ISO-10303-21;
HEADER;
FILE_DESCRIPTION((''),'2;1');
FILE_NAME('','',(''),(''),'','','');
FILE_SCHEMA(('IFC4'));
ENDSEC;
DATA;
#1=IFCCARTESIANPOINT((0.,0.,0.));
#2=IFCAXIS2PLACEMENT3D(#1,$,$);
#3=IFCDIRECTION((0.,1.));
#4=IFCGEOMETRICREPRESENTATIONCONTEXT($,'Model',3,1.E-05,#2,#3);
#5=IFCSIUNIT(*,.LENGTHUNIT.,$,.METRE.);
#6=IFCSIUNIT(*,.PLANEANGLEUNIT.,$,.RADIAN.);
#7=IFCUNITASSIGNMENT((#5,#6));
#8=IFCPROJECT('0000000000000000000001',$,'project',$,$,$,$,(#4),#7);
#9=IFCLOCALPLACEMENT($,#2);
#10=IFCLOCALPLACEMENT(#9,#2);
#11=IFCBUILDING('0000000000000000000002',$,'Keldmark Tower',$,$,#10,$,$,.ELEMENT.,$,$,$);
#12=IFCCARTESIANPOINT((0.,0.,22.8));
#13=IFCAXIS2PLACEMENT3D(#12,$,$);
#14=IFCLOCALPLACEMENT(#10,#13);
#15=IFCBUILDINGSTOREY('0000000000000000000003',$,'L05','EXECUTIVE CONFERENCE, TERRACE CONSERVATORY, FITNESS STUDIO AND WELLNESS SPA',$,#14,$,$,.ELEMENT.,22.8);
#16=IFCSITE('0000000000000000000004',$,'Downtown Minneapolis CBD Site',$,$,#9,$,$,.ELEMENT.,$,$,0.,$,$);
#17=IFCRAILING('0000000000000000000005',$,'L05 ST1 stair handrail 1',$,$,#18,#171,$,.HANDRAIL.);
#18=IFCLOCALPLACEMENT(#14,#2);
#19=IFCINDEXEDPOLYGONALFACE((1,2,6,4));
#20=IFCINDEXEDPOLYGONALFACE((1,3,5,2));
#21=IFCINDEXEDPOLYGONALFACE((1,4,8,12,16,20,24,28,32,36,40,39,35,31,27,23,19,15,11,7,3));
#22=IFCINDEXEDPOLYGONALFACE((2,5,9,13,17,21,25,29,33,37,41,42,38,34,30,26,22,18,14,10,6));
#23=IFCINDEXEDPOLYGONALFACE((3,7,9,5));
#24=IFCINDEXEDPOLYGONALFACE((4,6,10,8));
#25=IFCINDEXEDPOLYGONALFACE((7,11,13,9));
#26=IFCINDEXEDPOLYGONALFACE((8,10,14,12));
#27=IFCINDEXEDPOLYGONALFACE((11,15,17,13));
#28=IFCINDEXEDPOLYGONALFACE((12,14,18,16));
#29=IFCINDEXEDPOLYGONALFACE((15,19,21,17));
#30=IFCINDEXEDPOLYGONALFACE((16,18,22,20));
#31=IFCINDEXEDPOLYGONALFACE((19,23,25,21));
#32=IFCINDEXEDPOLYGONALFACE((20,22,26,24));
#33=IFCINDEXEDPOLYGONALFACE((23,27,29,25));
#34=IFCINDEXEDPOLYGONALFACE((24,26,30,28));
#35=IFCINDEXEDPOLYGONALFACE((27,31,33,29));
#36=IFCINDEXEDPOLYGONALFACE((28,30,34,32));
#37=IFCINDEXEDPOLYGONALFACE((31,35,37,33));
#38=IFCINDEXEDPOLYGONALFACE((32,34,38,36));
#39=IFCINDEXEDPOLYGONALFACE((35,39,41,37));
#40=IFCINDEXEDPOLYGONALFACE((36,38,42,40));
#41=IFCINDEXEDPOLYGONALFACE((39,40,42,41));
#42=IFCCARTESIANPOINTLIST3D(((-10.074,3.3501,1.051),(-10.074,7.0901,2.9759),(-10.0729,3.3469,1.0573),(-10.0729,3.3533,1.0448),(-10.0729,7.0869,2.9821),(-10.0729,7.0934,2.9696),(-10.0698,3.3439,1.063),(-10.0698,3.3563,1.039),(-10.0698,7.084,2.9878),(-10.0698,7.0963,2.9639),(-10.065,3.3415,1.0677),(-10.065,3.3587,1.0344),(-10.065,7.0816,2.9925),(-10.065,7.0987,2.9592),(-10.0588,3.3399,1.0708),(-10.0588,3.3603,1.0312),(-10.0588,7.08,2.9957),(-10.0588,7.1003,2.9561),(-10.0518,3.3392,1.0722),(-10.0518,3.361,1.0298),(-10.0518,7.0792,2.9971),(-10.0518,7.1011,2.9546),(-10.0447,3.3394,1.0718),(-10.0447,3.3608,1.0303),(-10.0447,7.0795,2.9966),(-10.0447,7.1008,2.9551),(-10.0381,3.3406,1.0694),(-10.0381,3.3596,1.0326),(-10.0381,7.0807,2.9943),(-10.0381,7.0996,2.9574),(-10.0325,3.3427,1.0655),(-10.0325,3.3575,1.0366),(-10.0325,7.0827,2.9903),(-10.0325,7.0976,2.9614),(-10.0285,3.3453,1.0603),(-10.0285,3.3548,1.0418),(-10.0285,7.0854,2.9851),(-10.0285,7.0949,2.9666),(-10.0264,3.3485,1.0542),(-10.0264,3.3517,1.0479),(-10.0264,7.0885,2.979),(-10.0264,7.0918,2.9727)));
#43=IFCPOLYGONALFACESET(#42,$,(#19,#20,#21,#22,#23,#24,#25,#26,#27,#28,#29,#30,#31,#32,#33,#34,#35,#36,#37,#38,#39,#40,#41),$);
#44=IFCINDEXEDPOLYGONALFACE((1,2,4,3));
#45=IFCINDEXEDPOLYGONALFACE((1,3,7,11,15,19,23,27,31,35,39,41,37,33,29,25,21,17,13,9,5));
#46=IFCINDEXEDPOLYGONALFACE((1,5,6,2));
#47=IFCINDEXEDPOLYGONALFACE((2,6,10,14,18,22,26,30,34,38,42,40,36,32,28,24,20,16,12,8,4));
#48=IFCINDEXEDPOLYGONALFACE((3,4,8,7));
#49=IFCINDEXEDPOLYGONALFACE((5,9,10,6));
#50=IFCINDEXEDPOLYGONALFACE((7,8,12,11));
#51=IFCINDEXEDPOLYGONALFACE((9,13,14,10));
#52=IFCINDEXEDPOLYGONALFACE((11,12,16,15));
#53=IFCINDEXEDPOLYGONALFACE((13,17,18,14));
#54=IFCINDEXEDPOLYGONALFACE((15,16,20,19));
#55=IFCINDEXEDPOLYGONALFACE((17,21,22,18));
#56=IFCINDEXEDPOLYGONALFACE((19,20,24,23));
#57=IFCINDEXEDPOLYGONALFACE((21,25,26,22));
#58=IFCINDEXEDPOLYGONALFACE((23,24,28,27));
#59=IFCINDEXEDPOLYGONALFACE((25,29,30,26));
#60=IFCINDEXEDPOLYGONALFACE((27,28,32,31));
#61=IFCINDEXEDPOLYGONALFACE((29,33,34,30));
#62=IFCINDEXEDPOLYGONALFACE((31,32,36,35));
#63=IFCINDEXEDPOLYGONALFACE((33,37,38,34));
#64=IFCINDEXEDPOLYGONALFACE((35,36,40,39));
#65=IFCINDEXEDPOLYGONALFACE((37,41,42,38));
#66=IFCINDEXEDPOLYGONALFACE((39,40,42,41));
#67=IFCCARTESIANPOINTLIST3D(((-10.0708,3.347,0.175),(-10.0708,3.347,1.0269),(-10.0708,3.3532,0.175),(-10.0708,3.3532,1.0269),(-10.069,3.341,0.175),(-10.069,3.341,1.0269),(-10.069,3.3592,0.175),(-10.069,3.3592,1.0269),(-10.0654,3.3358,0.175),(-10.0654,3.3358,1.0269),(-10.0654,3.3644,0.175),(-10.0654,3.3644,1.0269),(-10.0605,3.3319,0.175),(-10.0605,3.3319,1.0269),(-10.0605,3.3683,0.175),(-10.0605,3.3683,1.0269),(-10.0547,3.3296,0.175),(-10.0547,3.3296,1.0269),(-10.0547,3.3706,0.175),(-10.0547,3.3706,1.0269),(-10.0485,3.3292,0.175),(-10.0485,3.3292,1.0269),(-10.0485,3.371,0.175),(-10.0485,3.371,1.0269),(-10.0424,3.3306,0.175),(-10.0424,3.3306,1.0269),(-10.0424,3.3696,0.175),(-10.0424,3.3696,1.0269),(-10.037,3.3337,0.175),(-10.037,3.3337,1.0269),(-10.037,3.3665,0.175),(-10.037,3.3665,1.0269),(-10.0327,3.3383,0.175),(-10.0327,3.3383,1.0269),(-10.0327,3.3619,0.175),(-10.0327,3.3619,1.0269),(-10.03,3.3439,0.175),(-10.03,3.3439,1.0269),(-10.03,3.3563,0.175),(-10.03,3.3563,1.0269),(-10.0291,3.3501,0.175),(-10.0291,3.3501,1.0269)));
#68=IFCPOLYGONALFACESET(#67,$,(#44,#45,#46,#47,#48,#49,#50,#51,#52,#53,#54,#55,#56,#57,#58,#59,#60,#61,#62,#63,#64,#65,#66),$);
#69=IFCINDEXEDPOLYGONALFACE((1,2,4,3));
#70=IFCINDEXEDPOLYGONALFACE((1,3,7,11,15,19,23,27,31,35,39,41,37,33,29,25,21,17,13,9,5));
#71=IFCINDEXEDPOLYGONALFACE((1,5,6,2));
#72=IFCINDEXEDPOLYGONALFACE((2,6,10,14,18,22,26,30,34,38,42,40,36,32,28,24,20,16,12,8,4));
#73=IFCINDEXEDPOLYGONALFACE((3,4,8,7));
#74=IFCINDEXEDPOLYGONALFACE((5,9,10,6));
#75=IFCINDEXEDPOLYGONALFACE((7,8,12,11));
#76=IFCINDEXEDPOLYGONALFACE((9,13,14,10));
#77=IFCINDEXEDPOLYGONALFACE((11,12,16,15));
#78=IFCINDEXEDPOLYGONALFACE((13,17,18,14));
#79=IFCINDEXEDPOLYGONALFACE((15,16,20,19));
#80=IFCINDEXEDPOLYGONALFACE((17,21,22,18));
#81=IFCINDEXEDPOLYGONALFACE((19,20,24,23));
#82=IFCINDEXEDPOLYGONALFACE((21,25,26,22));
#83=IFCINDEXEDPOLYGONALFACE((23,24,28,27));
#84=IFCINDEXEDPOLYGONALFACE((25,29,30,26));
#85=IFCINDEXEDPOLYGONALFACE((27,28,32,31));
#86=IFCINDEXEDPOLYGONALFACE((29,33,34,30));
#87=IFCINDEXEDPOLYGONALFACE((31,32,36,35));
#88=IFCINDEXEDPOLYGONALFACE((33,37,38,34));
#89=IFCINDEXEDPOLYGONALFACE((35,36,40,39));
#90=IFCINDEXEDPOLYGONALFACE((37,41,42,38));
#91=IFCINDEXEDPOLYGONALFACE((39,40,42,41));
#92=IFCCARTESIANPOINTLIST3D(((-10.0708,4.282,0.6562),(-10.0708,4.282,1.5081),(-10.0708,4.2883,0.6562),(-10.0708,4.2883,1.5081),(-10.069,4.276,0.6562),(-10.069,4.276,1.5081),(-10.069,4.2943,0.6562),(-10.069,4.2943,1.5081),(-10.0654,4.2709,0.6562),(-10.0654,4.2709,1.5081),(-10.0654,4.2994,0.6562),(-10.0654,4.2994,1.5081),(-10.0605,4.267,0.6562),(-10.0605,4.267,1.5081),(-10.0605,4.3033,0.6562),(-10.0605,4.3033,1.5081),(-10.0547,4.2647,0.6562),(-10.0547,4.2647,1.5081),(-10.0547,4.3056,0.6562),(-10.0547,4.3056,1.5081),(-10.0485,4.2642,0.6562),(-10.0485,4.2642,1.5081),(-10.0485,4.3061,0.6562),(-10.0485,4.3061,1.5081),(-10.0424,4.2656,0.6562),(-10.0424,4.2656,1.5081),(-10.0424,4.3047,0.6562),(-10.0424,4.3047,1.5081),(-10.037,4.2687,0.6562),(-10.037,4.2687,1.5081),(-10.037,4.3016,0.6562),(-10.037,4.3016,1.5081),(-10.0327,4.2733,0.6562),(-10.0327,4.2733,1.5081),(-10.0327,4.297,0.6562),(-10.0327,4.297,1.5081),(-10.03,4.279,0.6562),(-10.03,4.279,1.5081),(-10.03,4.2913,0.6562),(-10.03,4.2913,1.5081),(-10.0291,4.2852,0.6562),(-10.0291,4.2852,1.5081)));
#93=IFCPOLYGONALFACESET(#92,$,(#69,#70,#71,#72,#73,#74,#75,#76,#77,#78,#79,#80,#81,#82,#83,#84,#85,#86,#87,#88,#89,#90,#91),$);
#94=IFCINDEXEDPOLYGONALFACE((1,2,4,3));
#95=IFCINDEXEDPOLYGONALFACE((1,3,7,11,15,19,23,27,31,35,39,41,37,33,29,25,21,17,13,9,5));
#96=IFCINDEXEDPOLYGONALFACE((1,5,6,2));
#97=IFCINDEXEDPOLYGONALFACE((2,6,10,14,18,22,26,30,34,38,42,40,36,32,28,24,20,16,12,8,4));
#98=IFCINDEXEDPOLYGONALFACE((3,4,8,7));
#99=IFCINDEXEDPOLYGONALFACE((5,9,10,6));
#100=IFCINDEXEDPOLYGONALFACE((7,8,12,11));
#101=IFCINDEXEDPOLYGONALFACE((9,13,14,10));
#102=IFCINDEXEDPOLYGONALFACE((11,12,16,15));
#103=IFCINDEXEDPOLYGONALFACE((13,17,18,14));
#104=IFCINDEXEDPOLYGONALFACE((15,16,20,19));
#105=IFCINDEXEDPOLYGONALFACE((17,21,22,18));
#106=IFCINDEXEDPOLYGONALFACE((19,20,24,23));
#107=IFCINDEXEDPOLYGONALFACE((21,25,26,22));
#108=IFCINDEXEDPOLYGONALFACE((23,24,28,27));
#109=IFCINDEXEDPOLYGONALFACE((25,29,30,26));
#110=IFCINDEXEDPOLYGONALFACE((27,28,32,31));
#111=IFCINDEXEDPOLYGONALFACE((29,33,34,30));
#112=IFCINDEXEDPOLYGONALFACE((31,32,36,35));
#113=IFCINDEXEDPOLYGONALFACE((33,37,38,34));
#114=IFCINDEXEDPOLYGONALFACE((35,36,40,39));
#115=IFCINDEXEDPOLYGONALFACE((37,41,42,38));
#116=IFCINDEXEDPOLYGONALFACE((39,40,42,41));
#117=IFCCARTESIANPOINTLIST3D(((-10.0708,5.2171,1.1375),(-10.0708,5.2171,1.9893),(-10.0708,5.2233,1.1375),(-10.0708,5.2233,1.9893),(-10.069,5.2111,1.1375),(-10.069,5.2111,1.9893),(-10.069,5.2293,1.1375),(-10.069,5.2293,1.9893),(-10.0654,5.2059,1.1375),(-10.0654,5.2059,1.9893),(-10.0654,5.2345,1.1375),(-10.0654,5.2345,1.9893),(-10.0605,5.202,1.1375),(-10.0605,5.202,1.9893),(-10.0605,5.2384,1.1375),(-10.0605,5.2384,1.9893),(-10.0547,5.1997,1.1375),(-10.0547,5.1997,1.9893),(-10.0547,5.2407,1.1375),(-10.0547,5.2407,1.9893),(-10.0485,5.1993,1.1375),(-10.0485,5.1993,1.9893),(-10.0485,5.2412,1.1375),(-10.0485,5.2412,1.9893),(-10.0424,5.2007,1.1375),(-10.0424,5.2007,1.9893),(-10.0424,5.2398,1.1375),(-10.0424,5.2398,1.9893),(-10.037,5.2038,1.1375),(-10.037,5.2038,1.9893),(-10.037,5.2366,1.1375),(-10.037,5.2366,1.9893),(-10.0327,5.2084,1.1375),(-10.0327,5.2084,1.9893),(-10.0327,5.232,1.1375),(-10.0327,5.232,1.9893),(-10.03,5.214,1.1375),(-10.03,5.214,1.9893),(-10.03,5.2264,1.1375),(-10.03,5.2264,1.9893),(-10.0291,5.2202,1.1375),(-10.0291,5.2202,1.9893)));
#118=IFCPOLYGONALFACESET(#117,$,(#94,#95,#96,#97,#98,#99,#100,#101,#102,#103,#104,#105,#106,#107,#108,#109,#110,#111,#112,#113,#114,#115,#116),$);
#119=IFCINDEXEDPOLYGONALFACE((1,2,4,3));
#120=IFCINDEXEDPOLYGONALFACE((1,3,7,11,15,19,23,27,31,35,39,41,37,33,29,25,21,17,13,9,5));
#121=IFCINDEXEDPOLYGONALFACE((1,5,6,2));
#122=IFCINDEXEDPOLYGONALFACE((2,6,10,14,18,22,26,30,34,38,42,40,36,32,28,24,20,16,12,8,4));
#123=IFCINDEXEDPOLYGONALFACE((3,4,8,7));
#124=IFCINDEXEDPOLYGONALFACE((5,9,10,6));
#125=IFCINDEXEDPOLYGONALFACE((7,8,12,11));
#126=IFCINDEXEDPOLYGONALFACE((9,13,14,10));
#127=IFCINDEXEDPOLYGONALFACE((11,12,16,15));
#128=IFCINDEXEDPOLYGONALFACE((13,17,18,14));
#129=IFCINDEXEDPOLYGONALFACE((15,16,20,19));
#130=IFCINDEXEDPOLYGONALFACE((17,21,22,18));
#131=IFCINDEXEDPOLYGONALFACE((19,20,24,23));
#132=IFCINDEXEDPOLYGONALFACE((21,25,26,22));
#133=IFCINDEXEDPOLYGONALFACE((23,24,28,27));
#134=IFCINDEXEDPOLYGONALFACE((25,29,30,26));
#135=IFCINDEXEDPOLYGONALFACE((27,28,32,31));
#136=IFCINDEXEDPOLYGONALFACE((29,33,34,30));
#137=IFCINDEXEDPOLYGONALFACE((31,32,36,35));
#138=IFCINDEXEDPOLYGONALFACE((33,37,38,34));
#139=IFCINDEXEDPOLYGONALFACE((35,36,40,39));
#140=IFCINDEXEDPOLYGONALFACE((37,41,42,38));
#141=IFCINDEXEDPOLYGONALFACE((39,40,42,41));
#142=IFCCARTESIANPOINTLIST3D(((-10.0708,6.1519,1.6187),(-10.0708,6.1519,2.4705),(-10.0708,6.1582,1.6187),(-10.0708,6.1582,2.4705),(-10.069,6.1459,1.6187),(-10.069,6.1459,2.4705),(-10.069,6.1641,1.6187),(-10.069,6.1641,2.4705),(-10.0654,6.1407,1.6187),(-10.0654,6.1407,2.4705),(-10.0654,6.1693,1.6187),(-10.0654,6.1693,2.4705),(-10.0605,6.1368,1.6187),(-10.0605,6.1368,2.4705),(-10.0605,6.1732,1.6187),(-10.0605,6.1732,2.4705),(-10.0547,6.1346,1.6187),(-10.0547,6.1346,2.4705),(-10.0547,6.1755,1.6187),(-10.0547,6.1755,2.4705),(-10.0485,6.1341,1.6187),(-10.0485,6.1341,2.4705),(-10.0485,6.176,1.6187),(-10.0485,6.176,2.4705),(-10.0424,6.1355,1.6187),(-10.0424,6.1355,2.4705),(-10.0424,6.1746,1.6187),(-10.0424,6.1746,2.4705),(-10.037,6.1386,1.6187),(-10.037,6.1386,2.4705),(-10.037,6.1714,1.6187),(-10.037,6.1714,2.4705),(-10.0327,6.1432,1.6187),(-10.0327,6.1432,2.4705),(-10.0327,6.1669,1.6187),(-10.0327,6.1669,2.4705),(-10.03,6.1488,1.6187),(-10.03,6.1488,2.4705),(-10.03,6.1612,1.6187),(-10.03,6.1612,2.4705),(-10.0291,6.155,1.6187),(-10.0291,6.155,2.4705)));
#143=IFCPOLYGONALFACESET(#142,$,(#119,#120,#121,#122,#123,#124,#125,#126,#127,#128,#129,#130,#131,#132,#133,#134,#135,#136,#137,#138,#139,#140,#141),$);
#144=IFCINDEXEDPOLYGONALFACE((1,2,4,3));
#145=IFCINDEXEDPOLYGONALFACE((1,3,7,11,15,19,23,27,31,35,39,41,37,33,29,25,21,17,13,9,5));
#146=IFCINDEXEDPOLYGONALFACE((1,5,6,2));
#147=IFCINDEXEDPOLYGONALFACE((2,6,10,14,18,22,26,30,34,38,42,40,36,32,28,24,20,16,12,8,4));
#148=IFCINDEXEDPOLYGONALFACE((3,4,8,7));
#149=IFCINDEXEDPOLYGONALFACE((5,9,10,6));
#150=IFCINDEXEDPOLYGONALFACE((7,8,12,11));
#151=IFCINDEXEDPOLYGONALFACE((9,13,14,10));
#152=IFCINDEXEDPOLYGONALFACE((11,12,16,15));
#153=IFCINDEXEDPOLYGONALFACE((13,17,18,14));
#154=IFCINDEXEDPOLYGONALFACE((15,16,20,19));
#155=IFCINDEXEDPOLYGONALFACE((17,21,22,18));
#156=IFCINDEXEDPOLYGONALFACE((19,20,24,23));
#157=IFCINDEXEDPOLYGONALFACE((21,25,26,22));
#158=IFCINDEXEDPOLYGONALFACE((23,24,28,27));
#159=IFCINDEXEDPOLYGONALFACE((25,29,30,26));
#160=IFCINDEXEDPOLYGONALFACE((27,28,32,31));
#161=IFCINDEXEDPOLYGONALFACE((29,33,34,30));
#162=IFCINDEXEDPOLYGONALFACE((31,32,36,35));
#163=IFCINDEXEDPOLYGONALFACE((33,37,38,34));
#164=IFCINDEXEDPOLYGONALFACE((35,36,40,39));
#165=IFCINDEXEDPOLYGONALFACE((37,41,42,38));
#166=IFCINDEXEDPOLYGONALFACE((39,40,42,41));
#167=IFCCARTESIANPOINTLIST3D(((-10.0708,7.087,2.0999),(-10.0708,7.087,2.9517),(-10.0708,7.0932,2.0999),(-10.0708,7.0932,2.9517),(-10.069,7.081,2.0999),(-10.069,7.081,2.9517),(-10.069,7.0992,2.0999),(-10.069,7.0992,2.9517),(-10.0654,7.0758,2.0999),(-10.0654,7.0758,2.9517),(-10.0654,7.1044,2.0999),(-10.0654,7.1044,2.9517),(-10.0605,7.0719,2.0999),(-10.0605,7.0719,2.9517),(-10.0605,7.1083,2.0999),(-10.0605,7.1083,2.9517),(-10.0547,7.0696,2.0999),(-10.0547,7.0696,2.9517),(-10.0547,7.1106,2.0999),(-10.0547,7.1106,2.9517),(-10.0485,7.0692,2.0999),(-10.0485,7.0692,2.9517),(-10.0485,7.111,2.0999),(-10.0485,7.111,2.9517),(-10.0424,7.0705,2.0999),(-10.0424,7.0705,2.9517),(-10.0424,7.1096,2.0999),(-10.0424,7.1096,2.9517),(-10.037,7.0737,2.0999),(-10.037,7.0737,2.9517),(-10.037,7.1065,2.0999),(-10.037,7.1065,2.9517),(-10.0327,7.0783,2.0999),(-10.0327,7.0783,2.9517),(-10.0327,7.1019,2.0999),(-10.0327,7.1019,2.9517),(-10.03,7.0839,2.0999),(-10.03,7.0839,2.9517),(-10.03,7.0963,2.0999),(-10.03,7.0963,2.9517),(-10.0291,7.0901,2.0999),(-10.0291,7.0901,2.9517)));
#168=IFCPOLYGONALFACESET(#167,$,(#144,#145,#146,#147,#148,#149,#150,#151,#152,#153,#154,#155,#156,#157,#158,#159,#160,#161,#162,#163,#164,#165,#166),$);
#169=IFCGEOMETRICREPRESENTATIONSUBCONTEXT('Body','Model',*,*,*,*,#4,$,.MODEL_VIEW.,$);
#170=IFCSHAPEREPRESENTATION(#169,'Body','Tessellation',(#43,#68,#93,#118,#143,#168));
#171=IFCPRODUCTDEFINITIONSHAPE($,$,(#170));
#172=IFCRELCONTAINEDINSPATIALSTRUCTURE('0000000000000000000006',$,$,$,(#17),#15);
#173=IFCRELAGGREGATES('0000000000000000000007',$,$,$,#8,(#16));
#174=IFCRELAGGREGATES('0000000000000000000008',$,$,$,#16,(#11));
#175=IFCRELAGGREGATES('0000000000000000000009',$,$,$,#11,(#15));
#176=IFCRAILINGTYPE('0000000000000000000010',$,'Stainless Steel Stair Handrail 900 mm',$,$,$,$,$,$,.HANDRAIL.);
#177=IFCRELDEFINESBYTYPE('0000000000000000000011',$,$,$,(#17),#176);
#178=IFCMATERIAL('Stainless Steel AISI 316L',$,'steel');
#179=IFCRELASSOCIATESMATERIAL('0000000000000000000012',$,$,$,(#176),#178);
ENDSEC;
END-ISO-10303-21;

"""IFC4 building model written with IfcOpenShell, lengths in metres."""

from ifc_helpers import new_model, si_unit, direction, frame, origin, origin_2d, place, context, subcontext, project, spatial, circle, extrude, material, type_object, element, save


model = new_model("IFC4")

# Units and contexts
model_context = context("Model", 3, precision=1e-05, world=origin(), true_north=direction((0.0, 1.0)))
body_context = subcontext(model_context, "Body", "Model", "MODEL_VIEW")
ifc_project = project(units=[si_unit("LENGTHUNIT", "METRE"), si_unit("PLANEANGLEUNIT", "RADIAN")], contexts=[model_context])

# Site, building, storey
site_placement = place(None, origin())
site = spatial("IfcSite", under=ifc_project, at=site_placement, Name="Downtown Minneapolis CBD Site", CompositionType="ELEMENT", RefElevation=0.0)
building_placement = place(site_placement, origin())
building = spatial("IfcBuilding", under=site, at=building_placement, Name="Keldmark Tower", CompositionType="ELEMENT")
storey_placement = place(building_placement, frame((0.0, 0.0, 22.8)))
storey = spatial("IfcBuildingStorey", under=building, at=storey_placement, Name="L05", Description="EXECUTIVE CONFERENCE, TERRACE CONSERVATORY, FITNESS STUDIO AND WELLNESS SPA", CompositionType="ELEMENT", Elevation=22.8)

# Railing
ifc_material_1 = material(Name="Stainless Steel AISI 316L", Category="steel")
railing_type_1 = type_object("IfcRailingType", Name="Stainless Steel Stair Handrail 900 mm", PredefinedType="HANDRAIL", material=ifc_material_1)
railing_1_placement = place(storey_placement, frame((-10.05, 3.3501, 0.175)))
element("IfcRailing", 1, at=railing_1_placement, inside=storey, type_object=railing_type_1, Name="L05 ST1 stair handrail 1", PredefinedType="HANDRAIL", context=body_context, shape_type="SweptSolid", body=[
    extrude(circle(Radius=0.0239, at=origin_2d()), frame((0.0, 0.0, 0.876), z_axis=(0.0, 0.889154, 0.457608), x_axis=(-1.0, 0.0, 0.0)), (0.0, 0.0, 1.0), 4.2063),
    extrude(circle(Radius=0.021, at=origin_2d()), origin(), (0.0, 0.0, 1.0), 0.8518),
    extrude(circle(Radius=0.021, at=origin_2d()), frame((0.0, 0.9351, 0.4812)), (0.0, 0.0, 1.0), 0.8518),
    extrude(circle(Radius=0.021, at=origin_2d()), frame((0.0, 1.8701, 0.9624)), (0.0, 0.0, 1.0), 0.8518),
    extrude(circle(Radius=0.021, at=origin_2d()), frame((0.0, 2.8049, 1.4436)), (0.0, 0.0, 1.0), 0.8518),
    extrude(circle(Radius=0.021, at=origin_2d()), frame((0.0, 3.74, 1.9248)), (0.0, 0.0, 1.0), 0.8518),
])

save(model, "model.ifc")
